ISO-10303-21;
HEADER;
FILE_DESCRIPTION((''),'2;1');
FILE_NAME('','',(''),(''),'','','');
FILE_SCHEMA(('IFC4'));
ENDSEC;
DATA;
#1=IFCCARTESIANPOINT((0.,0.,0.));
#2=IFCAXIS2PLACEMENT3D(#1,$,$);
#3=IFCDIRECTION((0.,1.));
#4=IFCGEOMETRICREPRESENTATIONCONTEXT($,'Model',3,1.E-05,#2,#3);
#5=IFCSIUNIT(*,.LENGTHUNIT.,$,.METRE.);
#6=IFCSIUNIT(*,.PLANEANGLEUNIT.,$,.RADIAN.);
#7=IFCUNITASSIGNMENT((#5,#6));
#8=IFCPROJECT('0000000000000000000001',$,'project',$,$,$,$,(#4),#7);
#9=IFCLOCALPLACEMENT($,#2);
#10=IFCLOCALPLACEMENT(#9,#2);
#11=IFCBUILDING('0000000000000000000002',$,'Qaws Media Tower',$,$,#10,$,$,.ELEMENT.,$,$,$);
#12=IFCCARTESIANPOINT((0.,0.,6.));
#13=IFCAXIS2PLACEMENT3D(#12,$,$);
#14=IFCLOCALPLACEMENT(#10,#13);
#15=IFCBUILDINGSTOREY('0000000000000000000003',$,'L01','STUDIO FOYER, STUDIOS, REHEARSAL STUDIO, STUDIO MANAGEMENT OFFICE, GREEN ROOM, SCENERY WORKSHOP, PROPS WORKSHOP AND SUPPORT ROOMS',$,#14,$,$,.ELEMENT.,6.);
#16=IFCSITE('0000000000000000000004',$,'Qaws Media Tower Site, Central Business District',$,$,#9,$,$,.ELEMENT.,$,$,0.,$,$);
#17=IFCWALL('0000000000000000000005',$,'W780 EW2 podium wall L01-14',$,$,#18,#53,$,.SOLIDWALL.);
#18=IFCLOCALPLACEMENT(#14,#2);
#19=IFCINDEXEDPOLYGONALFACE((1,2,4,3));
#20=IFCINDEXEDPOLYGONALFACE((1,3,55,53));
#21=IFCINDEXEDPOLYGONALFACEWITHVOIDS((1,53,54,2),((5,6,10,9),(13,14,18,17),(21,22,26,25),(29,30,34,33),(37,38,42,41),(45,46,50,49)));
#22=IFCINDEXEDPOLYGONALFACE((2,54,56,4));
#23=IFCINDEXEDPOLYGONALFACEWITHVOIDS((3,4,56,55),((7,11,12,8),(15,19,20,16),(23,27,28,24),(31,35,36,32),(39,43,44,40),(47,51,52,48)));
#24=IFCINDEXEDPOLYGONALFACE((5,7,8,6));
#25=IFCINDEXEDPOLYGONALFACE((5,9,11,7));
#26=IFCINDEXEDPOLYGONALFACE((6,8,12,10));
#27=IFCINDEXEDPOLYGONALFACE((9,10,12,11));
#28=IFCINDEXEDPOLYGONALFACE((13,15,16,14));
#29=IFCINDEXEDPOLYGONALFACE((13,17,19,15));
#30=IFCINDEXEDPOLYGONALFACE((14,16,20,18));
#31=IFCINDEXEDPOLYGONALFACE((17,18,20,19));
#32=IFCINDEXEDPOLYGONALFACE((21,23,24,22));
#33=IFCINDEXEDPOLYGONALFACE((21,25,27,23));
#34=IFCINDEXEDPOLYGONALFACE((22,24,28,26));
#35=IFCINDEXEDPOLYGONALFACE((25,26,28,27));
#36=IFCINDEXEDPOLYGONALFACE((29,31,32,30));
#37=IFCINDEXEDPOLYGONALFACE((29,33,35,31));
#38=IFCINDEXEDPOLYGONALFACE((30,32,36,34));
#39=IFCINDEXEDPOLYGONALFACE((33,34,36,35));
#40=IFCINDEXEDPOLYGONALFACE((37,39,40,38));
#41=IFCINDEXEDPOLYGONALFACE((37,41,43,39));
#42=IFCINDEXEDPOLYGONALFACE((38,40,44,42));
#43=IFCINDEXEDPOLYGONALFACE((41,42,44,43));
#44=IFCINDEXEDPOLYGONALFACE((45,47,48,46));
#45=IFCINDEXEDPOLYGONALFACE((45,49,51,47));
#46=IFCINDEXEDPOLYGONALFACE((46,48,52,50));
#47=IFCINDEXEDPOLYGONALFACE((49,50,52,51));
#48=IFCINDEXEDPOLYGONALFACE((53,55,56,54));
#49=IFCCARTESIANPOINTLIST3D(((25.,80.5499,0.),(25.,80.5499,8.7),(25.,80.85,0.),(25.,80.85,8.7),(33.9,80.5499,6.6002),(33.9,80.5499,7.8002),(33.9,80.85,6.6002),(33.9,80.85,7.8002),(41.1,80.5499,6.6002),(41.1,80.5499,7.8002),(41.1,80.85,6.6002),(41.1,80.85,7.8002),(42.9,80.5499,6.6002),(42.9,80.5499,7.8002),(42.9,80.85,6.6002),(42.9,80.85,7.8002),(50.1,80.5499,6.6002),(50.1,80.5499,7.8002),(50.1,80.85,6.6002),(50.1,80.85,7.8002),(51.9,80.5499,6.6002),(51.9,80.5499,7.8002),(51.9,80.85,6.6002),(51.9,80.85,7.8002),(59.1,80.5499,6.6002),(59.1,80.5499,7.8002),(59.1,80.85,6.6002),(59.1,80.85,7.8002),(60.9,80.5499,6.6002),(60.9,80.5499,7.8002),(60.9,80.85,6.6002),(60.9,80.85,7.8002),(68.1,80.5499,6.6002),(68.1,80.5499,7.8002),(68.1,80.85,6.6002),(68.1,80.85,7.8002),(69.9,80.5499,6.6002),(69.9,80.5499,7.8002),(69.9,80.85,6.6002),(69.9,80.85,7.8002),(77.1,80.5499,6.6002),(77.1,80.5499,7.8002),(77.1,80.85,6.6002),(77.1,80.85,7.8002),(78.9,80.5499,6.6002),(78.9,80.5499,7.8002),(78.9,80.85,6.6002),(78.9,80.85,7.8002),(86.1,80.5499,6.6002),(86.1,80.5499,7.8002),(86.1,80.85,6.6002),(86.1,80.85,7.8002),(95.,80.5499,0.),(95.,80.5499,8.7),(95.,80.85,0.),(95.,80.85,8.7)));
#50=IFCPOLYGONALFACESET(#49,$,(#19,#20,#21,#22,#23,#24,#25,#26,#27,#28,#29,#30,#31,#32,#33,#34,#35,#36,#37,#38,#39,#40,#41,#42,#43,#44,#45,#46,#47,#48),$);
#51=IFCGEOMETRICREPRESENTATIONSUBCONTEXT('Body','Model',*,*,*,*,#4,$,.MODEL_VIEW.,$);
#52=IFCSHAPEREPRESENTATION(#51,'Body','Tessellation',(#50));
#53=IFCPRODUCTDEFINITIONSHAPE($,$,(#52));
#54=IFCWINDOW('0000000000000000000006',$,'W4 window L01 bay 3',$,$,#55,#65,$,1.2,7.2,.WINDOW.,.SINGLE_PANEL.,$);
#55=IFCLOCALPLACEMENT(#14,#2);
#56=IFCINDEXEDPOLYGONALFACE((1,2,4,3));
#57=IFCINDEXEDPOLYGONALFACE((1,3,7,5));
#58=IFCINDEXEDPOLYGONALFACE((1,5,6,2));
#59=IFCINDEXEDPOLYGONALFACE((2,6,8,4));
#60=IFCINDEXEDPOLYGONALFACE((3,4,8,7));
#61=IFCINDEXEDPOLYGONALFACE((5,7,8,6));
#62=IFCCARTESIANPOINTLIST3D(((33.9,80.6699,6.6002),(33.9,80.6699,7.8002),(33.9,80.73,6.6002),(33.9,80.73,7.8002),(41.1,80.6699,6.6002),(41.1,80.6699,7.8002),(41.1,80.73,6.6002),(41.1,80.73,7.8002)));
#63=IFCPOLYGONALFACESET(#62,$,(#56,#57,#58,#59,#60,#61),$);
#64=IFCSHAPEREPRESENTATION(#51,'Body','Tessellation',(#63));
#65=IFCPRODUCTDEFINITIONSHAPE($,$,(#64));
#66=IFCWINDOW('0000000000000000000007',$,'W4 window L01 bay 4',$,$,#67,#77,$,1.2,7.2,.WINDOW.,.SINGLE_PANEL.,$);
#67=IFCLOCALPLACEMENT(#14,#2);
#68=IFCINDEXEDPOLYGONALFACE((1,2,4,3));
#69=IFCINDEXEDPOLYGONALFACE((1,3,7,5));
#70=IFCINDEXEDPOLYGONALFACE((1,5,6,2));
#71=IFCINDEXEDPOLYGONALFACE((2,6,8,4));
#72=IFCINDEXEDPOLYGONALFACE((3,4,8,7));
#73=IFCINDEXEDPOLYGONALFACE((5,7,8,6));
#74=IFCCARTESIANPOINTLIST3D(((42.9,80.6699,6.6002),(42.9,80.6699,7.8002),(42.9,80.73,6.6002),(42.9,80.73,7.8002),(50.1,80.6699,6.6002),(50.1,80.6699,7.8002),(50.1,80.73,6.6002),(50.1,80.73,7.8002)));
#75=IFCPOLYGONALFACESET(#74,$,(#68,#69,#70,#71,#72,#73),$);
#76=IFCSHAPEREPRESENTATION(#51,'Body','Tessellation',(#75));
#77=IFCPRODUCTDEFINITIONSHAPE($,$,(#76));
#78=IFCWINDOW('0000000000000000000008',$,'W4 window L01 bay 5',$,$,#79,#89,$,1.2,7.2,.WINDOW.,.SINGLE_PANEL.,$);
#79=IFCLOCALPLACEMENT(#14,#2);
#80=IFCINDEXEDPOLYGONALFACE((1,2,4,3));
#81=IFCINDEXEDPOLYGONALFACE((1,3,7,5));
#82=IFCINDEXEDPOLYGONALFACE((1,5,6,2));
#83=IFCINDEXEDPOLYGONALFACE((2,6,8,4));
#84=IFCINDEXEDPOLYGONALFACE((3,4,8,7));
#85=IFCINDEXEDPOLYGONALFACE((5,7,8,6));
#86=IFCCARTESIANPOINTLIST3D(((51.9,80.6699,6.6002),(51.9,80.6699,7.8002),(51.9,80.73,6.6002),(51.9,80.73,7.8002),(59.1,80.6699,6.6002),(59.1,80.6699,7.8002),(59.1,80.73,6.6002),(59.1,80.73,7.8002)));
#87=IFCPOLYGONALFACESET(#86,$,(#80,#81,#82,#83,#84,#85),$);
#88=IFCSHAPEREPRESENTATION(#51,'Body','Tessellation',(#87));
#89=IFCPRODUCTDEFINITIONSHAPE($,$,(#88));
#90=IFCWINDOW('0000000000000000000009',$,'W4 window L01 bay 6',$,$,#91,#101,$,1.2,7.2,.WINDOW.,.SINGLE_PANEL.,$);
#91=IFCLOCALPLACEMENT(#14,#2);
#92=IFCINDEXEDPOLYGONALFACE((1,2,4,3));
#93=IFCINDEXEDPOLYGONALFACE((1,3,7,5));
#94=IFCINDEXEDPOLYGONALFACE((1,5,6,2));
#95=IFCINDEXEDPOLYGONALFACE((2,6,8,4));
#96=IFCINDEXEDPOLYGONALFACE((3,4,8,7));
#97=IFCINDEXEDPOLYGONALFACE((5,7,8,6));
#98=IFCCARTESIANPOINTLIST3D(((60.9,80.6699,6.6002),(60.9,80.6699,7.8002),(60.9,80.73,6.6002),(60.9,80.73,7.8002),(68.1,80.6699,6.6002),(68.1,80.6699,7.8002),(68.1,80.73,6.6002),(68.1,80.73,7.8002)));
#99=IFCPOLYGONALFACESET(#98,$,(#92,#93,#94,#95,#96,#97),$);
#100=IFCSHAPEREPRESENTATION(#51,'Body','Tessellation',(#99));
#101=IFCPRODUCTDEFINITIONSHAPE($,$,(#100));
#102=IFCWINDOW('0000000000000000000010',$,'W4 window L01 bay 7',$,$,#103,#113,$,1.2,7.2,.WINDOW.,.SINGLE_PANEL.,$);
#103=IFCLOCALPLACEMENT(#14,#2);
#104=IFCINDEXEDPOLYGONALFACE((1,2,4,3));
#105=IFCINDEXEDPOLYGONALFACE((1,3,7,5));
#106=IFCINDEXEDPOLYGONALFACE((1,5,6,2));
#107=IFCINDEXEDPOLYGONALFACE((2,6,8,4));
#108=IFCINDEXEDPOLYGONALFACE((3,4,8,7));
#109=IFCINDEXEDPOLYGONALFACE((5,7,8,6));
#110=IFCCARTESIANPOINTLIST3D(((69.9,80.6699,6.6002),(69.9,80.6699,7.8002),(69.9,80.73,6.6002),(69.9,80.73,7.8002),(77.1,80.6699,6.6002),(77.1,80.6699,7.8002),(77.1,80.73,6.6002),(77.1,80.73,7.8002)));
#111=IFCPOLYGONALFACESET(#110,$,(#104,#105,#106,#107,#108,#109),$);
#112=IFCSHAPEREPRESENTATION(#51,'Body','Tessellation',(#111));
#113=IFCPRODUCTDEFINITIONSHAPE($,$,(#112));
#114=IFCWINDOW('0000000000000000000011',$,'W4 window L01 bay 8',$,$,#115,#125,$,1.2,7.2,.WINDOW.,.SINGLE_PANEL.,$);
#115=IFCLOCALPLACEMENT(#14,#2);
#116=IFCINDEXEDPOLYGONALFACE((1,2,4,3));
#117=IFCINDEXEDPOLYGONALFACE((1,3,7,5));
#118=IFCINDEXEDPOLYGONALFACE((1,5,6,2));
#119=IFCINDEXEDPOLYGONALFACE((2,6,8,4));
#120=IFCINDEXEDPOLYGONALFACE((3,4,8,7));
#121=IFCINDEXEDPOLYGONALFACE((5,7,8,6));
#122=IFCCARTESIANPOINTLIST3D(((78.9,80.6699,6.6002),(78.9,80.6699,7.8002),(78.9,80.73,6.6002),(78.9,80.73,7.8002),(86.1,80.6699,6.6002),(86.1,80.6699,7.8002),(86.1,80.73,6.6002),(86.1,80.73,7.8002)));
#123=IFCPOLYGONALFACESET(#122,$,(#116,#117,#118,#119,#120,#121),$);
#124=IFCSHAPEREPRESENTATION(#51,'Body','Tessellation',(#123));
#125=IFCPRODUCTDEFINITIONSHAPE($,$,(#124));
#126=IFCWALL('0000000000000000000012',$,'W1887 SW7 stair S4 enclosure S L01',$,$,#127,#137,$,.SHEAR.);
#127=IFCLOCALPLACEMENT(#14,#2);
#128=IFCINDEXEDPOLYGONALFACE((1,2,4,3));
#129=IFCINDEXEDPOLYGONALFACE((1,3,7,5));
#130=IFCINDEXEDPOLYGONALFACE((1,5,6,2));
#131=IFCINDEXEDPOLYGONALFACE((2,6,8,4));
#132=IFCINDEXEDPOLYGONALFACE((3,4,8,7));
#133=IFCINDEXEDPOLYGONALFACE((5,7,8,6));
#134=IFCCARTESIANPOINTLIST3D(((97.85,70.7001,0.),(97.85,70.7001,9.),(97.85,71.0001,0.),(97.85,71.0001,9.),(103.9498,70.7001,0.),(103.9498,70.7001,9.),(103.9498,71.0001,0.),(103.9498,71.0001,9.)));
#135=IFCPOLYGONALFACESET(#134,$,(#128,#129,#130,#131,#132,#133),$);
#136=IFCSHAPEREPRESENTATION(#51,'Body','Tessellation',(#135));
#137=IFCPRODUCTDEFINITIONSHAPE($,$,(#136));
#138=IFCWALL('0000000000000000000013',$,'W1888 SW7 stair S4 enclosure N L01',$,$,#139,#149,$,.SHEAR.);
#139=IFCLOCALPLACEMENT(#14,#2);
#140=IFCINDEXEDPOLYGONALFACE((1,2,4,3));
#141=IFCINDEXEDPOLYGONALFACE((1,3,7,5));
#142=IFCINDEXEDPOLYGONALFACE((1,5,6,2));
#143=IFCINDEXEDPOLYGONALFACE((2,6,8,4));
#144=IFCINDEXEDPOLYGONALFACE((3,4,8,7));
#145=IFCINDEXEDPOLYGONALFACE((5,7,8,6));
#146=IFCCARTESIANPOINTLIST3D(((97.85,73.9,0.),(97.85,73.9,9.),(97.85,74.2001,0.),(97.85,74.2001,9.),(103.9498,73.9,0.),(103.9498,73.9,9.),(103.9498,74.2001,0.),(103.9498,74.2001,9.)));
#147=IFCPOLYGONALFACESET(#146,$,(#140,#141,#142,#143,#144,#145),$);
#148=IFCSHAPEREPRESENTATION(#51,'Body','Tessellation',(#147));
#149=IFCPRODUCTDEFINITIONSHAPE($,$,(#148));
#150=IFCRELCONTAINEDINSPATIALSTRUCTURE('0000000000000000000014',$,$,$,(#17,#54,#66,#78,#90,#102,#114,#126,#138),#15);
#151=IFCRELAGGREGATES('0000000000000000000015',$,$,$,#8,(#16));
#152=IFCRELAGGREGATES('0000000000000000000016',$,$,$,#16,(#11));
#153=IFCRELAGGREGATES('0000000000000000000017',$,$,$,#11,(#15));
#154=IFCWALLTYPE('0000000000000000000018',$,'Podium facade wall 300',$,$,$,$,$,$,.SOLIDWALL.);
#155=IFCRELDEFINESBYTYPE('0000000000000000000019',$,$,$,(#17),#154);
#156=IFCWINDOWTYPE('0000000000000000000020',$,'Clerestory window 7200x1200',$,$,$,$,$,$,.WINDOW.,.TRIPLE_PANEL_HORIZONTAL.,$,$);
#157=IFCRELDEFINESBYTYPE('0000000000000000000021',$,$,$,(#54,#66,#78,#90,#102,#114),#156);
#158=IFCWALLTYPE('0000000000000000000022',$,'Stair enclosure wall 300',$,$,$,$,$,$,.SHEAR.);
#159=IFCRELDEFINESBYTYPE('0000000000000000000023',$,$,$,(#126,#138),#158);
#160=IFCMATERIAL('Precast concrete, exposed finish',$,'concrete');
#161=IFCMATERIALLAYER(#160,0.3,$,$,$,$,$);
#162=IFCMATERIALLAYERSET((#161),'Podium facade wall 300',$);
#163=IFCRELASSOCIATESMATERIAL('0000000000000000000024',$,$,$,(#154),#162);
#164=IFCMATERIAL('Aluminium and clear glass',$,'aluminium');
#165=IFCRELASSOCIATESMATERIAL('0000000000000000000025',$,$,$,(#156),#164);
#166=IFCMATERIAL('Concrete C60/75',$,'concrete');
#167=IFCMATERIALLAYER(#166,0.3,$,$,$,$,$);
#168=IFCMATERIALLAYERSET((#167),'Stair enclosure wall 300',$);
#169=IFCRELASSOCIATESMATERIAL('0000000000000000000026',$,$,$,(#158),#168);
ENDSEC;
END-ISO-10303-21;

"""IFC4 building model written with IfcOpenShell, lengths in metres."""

from ifc_helpers import new_model, si_unit, direction, frame, frame_2d, origin, place, context, subcontext, project, spatial, rectangle, extrude, material, layer, layer_set, type_object, element, fill, save


model = new_model("IFC4")

# Units and contexts
model_context = context("Model", 3, precision=1e-05, world=origin(), true_north=direction((0.0, 1.0)))
body_context = subcontext(model_context, "Body", "Model", "MODEL_VIEW")
ifc_project = project(units=[si_unit("LENGTHUNIT", "METRE"), si_unit("PLANEANGLEUNIT", "RADIAN")], contexts=[model_context])

# Site, building, storey
site_placement = place(None, origin())
site = spatial("IfcSite", under=ifc_project, at=site_placement, Name="Qaws Media Tower Site, Central Business District", CompositionType="ELEMENT", RefElevation=0.0)
building_placement = place(site_placement, origin())
building = spatial("IfcBuilding", under=site, at=building_placement, Name="Qaws Media Tower", CompositionType="ELEMENT")
storey_placement = place(building_placement, frame((0.0, 0.0, 6.0)))
storey = spatial("IfcBuildingStorey", under=building, at=storey_placement, Name="L01", Description="STUDIO FOYER, STUDIOS, REHEARSAL STUDIO, STUDIO MANAGEMENT OFFICE, GREEN ROOM, SCENERY WORKSHOP, PROPS WORKSHOP AND SUPPORT ROOMS", CompositionType="ELEMENT", Elevation=6.0)

# Shared definitions
ifc_material_1 = material(Name="Precast concrete, exposed finish", Category="concrete")
ifc_layer_1 = layer(ifc_material_1, 0.3)
ifc_layer_set_1 = layer_set([ifc_layer_1], Name="Podium facade wall 300")
wall_type_1 = type_object("IfcWallType", Name="Podium facade wall 300", PredefinedType="SOLIDWALL", material=ifc_layer_set_1)

# Wall, openings, windows
wall_1_placement = place(storey_placement, frame((95.0, 80.7, 0.0), z_axis=(0.0, 0.0, 1.0), x_axis=(-1.0, 0.0, 0.0)))
wall_1 = element("IfcWall", 1, at=wall_1_placement, inside=storey, type_object=wall_type_1, Name="W780 EW2 podium wall L01-14", PredefinedType="SOLIDWALL", context=body_context, shape_type="SweptSolid", body=[
    extrude(rectangle(XDim=70.0, YDim=0.3, at=frame_2d((35.0, 0.0))), origin(), (0.0, 0.0, 1.0), 8.7),
])
opening_1_placement = place(wall_1_placement, frame((53.8999, 0.0, 6.6001)))
opening_1 = element("IfcOpeningElement", 2, at=opening_1_placement, cuts=wall_1, PredefinedType="OPENING", context=body_context, shape_type="SweptSolid", body=[
    extrude(rectangle(XDim=7.2, YDim=1.2, at=frame_2d((3.6001, 0.6001))), frame((0.0, 0.1599, 0.0), z_axis=(0.0, -1.0, 0.0), x_axis=(1.0, 0.0, 0.0)), (0.0, 0.0, 1.0), 0.3201),
])
opening_2_placement = place(wall_1_placement, frame((44.8999, 0.0, 6.6001)))
opening_2 = element("IfcOpeningElement", 3, at=opening_2_placement, cuts=wall_1, PredefinedType="OPENING", context=body_context, shape_type="SweptSolid", body=[
    extrude(rectangle(XDim=7.2, YDim=1.2, at=frame_2d((3.6001, 0.6001))), frame((0.0, 0.1599, 0.0), z_axis=(0.0, -1.0, 0.0), x_axis=(1.0, 0.0, 0.0)), (0.0, 0.0, 1.0), 0.3201),
])
opening_3_placement = place(wall_1_placement, frame((35.8999, 0.0, 6.6001)))
opening_3 = element("IfcOpeningElement", 4, at=opening_3_placement, cuts=wall_1, PredefinedType="OPENING", context=body_context, shape_type="SweptSolid", body=[
    extrude(rectangle(XDim=7.2, YDim=1.2, at=frame_2d((3.6001, 0.6001))), frame((0.0, 0.1599, 0.0), z_axis=(0.0, -1.0, 0.0), x_axis=(1.0, 0.0, 0.0)), (0.0, 0.0, 1.0), 0.3201),
])
opening_4_placement = place(wall_1_placement, frame((26.8999, 0.0, 6.6001)))
opening_4 = element("IfcOpeningElement", 5, at=opening_4_placement, cuts=wall_1, PredefinedType="OPENING", context=body_context, shape_type="SweptSolid", body=[
    extrude(rectangle(XDim=7.2, YDim=1.2, at=frame_2d((3.6001, 0.6001))), frame((0.0, 0.1599, 0.0), z_axis=(0.0, -1.0, 0.0), x_axis=(1.0, 0.0, 0.0)), (0.0, 0.0, 1.0), 0.3201),
])
opening_5_placement = place(wall_1_placement, frame((17.8999, 0.0, 6.6001)))
opening_5 = element("IfcOpeningElement", 6, at=opening_5_placement, cuts=wall_1, PredefinedType="OPENING", context=body_context, shape_type="SweptSolid", body=[
    extrude(rectangle(XDim=7.2, YDim=1.2, at=frame_2d((3.6001, 0.6001))), frame((0.0, 0.1599, 0.0), z_axis=(0.0, -1.0, 0.0), x_axis=(1.0, 0.0, 0.0)), (0.0, 0.0, 1.0), 0.3201),
])
opening_6_placement = place(wall_1_placement, frame((8.8999, 0.0, 6.6001)))
opening_6 = element("IfcOpeningElement", 7, at=opening_6_placement, cuts=wall_1, PredefinedType="OPENING", context=body_context, shape_type="SweptSolid", body=[
    extrude(rectangle(XDim=7.2, YDim=1.2, at=frame_2d((3.6001, 0.6001))), frame((0.0, 0.1599, 0.0), z_axis=(0.0, -1.0, 0.0), x_axis=(1.0, 0.0, 0.0)), (0.0, 0.0, 1.0), 0.3201),
])
ifc_material_2 = material(Name="Aluminium and clear glass", Category="aluminium")
window_type = type_object("IfcWindowType", Name="Clerestory window 7200x1200", PartitioningType="TRIPLE_PANEL_HORIZONTAL", PredefinedType="WINDOW", material=ifc_material_2)
window_1_placement = place(opening_1_placement, origin())
window_1 = element("IfcWindow", 8, at=window_1_placement, inside=storey, type_object=window_type, Name="W4 window L01 bay 3", OverallHeight=1.2, OverallWidth=7.2, PartitioningType="SINGLE_PANEL", PredefinedType="WINDOW", context=body_context, shape_type="SweptSolid", body=[
    extrude(rectangle(XDim=7.2, YDim=1.2, at=frame_2d((3.6001, 0.6001))), frame((0.0, 0.03, 0.0), z_axis=(0.0, -1.0, 0.0), x_axis=(1.0, 0.0, 0.0)), (0.0, 0.0, 1.0), 0.0601),
])
fill(opening_1, window_1)
window_2_placement = place(opening_2_placement, origin())
window_2 = element("IfcWindow", 9, at=window_2_placement, inside=storey, type_object=window_type, Name="W4 window L01 bay 4", OverallHeight=1.2, OverallWidth=7.2, PartitioningType="SINGLE_PANEL", PredefinedType="WINDOW", context=body_context, shape_type="SweptSolid", body=[
    extrude(rectangle(XDim=7.2, YDim=1.2, at=frame_2d((3.6001, 0.6001))), frame((0.0, 0.03, 0.0), z_axis=(0.0, -1.0, 0.0), x_axis=(1.0, 0.0, 0.0)), (0.0, 0.0, 1.0), 0.0601),
])
fill(opening_2, window_2)
window_3_placement = place(opening_3_placement, origin())
window_3 = element("IfcWindow", 10, at=window_3_placement, inside=storey, type_object=window_type, Name="W4 window L01 bay 5", OverallHeight=1.2, OverallWidth=7.2, PartitioningType="SINGLE_PANEL", PredefinedType="WINDOW", context=body_context, shape_type="SweptSolid", body=[
    extrude(rectangle(XDim=7.2, YDim=1.2, at=frame_2d((3.6001, 0.6001))), frame((0.0, 0.03, 0.0), z_axis=(0.0, -1.0, 0.0), x_axis=(1.0, 0.0, 0.0)), (0.0, 0.0, 1.0), 0.0601),
])
fill(opening_3, window_3)
window_4_placement = place(opening_4_placement, origin())
window_4 = element("IfcWindow", 11, at=window_4_placement, inside=storey, type_object=window_type, Name="W4 window L01 bay 6", OverallHeight=1.2, OverallWidth=7.2, PartitioningType="SINGLE_PANEL", PredefinedType="WINDOW", context=body_context, shape_type="SweptSolid", body=[
    extrude(rectangle(XDim=7.2, YDim=1.2, at=frame_2d((3.6001, 0.6001))), frame((0.0, 0.03, 0.0), z_axis=(0.0, -1.0, 0.0), x_axis=(1.0, 0.0, 0.0)), (0.0, 0.0, 1.0), 0.0601),
])
fill(opening_4, window_4)
window_5_placement = place(opening_5_placement, origin())
window_5 = element("IfcWindow", 12, at=window_5_placement, inside=storey, type_object=window_type, Name="W4 window L01 bay 7", OverallHeight=1.2, OverallWidth=7.2, PartitioningType="SINGLE_PANEL", PredefinedType="WINDOW", context=body_context, shape_type="SweptSolid", body=[
    extrude(rectangle(XDim=7.2, YDim=1.2, at=frame_2d((3.6001, 0.6001))), frame((0.0, 0.03, 0.0), z_axis=(0.0, -1.0, 0.0), x_axis=(1.0, 0.0, 0.0)), (0.0, 0.0, 1.0), 0.0601),
])
fill(opening_5, window_5)
window_6_placement = place(opening_6_placement, origin())
window_6 = element("IfcWindow", 13, at=window_6_placement, inside=storey, type_object=window_type, Name="W4 window L01 bay 8", OverallHeight=1.2, OverallWidth=7.2, PartitioningType="SINGLE_PANEL", PredefinedType="WINDOW", context=body_context, shape_type="SweptSolid", body=[
    extrude(rectangle(XDim=7.2, YDim=1.2, at=frame_2d((3.6001, 0.6001))), frame((0.0, 0.03, 0.0), z_axis=(0.0, -1.0, 0.0), x_axis=(1.0, 0.0, 0.0)), (0.0, 0.0, 1.0), 0.0601),
])
fill(opening_6, window_6)

# Walls
ifc_material_3 = material(Name="Concrete C60/75", Category="concrete")
ifc_layer_2 = layer(ifc_material_3, 0.3)
ifc_layer_set_2 = layer_set([ifc_layer_2], Name="Stair enclosure wall 300")
wall_type_2 = type_object("IfcWallType", Name="Stair enclosure wall 300", PredefinedType="SHEAR", material=ifc_layer_set_2)
for number, where, z_axis, x_axis, name in (
    (14, (97.8501, 70.8501, 0.0), (0.0, 0.0, 1.0), (1.0, 0.0, 0.0), "W1887 SW7 stair S4 enclosure S L01"),
    (15, (97.8501, 74.05, 0.0), (0.0, 0.0, 1.0), (1.0, 0.0, 0.0), "W1888 SW7 stair S4 enclosure N L01"),
):
    element("IfcWall", number, at=place(storey_placement, frame(where, z_axis=z_axis, x_axis=x_axis)), inside=storey, type_object=wall_type_2, Name=name, PredefinedType="SHEAR", context=body_context, shape_type="SweptSolid", body=[
        extrude(rectangle(XDim=6.0999, YDim=0.3, at=frame_2d((3.0498, 0.0))), origin(), (0.0, 0.0, 1.0), 9.0),
    ])

save(model, "model.ifc")
